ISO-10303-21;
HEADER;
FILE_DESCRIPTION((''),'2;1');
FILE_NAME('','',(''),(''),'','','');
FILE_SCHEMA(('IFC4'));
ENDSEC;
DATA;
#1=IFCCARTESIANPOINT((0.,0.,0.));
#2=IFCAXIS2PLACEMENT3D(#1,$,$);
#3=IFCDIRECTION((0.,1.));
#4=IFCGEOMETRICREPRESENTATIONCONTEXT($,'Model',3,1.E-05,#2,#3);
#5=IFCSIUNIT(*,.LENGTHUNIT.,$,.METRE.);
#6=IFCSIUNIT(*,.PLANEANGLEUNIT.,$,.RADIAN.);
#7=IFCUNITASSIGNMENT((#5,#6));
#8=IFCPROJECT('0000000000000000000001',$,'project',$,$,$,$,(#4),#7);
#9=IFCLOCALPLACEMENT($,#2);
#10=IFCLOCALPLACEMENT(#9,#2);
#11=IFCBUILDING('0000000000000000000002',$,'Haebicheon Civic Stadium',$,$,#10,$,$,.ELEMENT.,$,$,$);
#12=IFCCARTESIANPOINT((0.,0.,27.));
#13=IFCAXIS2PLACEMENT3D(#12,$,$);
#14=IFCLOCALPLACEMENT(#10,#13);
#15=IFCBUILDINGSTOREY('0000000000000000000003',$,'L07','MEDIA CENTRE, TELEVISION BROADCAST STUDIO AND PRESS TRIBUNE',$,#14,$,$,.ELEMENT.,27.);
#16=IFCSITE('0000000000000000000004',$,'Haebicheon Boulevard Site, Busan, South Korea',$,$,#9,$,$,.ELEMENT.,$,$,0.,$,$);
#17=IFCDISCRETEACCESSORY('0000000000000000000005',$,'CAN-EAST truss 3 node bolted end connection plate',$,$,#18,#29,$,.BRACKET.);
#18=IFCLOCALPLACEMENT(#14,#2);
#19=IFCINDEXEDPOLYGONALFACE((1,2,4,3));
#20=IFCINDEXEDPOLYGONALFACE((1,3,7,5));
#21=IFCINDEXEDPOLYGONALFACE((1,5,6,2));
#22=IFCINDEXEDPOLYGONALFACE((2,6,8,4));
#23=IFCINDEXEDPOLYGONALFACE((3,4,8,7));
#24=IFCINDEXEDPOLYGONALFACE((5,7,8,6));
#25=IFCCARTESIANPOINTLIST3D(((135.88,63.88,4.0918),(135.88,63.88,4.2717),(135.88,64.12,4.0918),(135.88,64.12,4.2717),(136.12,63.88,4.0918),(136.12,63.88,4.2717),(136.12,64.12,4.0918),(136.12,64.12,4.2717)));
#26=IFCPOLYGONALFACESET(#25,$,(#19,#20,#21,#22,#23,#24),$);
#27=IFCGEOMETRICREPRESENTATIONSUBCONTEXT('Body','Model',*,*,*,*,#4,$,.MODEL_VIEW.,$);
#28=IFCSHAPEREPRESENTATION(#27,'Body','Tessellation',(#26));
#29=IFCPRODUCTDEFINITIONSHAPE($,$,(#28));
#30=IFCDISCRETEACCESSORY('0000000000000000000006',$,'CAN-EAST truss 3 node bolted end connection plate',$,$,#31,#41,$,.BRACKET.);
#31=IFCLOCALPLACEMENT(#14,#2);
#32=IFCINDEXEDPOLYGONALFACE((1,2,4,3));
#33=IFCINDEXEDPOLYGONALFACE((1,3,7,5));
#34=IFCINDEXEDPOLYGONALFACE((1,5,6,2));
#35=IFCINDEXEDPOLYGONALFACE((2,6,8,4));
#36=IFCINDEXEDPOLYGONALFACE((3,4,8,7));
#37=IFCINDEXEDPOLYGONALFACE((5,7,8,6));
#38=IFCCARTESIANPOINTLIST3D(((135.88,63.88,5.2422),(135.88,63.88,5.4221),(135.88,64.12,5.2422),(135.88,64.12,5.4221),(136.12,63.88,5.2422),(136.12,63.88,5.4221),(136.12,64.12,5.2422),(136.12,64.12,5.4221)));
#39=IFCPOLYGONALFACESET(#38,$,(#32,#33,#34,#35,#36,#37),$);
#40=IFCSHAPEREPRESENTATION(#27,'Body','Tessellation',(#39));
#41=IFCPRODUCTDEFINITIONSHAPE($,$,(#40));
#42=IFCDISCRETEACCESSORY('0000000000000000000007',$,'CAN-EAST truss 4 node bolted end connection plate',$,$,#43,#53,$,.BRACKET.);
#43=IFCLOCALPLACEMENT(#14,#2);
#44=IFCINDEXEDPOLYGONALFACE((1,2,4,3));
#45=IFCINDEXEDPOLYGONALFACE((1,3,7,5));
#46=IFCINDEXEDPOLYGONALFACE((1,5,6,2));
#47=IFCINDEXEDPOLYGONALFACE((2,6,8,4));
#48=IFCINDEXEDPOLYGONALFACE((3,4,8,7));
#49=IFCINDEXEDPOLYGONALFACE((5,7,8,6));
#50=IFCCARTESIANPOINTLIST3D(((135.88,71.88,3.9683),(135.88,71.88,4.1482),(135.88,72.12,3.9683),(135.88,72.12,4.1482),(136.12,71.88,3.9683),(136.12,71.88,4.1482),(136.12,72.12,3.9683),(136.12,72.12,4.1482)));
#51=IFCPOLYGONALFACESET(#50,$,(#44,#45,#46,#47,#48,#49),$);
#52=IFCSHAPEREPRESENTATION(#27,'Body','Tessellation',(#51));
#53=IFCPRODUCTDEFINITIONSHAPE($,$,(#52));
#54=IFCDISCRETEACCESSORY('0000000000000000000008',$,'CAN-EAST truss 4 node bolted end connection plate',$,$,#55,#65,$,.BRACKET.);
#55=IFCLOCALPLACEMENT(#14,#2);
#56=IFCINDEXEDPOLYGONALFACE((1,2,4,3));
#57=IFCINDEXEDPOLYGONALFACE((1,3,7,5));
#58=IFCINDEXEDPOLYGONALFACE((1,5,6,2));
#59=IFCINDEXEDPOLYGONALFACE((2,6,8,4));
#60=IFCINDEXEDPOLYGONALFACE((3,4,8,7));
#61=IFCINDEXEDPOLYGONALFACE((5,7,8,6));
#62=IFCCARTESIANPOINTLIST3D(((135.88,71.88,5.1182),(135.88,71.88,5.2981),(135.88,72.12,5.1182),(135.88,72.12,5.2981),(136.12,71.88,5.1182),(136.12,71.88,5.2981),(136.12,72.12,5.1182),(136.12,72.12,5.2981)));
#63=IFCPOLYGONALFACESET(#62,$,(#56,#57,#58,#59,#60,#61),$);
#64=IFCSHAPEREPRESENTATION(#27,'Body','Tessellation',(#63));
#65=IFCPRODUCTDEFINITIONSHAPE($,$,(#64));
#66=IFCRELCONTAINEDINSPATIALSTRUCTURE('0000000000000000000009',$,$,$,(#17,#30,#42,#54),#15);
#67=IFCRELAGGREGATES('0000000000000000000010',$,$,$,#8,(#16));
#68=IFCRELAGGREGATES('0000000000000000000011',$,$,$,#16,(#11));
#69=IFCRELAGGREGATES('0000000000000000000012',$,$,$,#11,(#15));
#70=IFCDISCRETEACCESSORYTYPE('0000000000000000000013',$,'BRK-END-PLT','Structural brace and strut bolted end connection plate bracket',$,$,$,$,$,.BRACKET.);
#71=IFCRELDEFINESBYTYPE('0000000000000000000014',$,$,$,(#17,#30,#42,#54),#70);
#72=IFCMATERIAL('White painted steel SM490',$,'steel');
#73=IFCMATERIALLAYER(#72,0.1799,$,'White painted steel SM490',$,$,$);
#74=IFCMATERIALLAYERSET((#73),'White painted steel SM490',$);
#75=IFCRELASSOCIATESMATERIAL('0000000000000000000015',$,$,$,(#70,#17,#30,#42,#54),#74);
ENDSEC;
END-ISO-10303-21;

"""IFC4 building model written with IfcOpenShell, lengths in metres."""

from ifc_helpers import new_model, si_unit, direction, frame, origin, origin_2d, place, context, subcontext, project, spatial, rectangle, extrude, material, layer, layer_set, type_object, element, save


model = new_model("IFC4")

# Units and contexts
model_context = context("Model", 3, precision=1e-05, world=origin(), true_north=direction((0.0, 1.0)))
body_context = subcontext(model_context, "Body", "Model", "MODEL_VIEW")
ifc_project = project(units=[si_unit("LENGTHUNIT", "METRE"), si_unit("PLANEANGLEUNIT", "RADIAN")], contexts=[model_context])

# Site, building, storey
site_placement = place(None, origin())
site = spatial("IfcSite", under=ifc_project, at=site_placement, Name="Haebicheon Boulevard Site, Busan, South Korea", CompositionType="ELEMENT", RefElevation=0.0)
building_placement = place(site_placement, origin())
building = spatial("IfcBuilding", under=site, at=building_placement, Name="Haebicheon Civic Stadium", CompositionType="ELEMENT")
storey_placement = place(building_placement, frame((0.0, 0.0, 27.0)))
storey = spatial("IfcBuildingStorey", under=building, at=storey_placement, Name="L07", Description="MEDIA CENTRE, TELEVISION BROADCAST STUDIO AND PRESS TRIBUNE", CompositionType="ELEMENT", Elevation=27.0)

# Discrete accessories
ifc_material_1 = material(Name="White painted steel SM490", Category="steel")
ifc_layer_1 = layer(ifc_material_1, 0.1799, Name="White painted steel SM490")
ifc_layer_set_1 = layer_set([ifc_layer_1], Name="White painted steel SM490")
discrete_accessory_type = type_object("IfcDiscreteAccessoryType", Name="BRK-END-PLT", Description="Structural brace and strut bolted end connection plate bracket", PredefinedType="BRACKET", material=ifc_layer_set_1)
for number, where, z_axis, x_axis, name in (
    (1, (136.0, 64.0, 4.0918), (0.0, 0.0, 1.0), (1.0, 0.0, 0.0), "CAN-EAST truss 3 node bolted end connection plate"),
    (2, (136.0, 64.0, 5.2422), (0.0, 0.0, 1.0), (1.0, 0.0, 0.0), "CAN-EAST truss 3 node bolted end connection plate"),
    (3, (136.0, 72.0, 3.9683), (0.0, 0.0, 1.0), (1.0, 0.0, 0.0), "CAN-EAST truss 4 node bolted end connection plate"),
    (4, (136.0, 72.0, 5.1182), (0.0, 0.0, 1.0), (1.0, 0.0, 0.0), "CAN-EAST truss 4 node bolted end connection plate"),
):
    element("IfcDiscreteAccessory", number, at=place(storey_placement, frame(where, z_axis=z_axis, x_axis=x_axis)), inside=storey, type_object=discrete_accessory_type, material=ifc_layer_set_1, Name=name, PredefinedType="BRACKET", context=body_context, shape_type="SweptSolid", body=[
        extrude(rectangle(XDim=0.24, YDim=0.24, at=origin_2d()), origin(), (0.0, 0.0, 1.0), 0.1799),
    ])

save(model, "model.ifc")
